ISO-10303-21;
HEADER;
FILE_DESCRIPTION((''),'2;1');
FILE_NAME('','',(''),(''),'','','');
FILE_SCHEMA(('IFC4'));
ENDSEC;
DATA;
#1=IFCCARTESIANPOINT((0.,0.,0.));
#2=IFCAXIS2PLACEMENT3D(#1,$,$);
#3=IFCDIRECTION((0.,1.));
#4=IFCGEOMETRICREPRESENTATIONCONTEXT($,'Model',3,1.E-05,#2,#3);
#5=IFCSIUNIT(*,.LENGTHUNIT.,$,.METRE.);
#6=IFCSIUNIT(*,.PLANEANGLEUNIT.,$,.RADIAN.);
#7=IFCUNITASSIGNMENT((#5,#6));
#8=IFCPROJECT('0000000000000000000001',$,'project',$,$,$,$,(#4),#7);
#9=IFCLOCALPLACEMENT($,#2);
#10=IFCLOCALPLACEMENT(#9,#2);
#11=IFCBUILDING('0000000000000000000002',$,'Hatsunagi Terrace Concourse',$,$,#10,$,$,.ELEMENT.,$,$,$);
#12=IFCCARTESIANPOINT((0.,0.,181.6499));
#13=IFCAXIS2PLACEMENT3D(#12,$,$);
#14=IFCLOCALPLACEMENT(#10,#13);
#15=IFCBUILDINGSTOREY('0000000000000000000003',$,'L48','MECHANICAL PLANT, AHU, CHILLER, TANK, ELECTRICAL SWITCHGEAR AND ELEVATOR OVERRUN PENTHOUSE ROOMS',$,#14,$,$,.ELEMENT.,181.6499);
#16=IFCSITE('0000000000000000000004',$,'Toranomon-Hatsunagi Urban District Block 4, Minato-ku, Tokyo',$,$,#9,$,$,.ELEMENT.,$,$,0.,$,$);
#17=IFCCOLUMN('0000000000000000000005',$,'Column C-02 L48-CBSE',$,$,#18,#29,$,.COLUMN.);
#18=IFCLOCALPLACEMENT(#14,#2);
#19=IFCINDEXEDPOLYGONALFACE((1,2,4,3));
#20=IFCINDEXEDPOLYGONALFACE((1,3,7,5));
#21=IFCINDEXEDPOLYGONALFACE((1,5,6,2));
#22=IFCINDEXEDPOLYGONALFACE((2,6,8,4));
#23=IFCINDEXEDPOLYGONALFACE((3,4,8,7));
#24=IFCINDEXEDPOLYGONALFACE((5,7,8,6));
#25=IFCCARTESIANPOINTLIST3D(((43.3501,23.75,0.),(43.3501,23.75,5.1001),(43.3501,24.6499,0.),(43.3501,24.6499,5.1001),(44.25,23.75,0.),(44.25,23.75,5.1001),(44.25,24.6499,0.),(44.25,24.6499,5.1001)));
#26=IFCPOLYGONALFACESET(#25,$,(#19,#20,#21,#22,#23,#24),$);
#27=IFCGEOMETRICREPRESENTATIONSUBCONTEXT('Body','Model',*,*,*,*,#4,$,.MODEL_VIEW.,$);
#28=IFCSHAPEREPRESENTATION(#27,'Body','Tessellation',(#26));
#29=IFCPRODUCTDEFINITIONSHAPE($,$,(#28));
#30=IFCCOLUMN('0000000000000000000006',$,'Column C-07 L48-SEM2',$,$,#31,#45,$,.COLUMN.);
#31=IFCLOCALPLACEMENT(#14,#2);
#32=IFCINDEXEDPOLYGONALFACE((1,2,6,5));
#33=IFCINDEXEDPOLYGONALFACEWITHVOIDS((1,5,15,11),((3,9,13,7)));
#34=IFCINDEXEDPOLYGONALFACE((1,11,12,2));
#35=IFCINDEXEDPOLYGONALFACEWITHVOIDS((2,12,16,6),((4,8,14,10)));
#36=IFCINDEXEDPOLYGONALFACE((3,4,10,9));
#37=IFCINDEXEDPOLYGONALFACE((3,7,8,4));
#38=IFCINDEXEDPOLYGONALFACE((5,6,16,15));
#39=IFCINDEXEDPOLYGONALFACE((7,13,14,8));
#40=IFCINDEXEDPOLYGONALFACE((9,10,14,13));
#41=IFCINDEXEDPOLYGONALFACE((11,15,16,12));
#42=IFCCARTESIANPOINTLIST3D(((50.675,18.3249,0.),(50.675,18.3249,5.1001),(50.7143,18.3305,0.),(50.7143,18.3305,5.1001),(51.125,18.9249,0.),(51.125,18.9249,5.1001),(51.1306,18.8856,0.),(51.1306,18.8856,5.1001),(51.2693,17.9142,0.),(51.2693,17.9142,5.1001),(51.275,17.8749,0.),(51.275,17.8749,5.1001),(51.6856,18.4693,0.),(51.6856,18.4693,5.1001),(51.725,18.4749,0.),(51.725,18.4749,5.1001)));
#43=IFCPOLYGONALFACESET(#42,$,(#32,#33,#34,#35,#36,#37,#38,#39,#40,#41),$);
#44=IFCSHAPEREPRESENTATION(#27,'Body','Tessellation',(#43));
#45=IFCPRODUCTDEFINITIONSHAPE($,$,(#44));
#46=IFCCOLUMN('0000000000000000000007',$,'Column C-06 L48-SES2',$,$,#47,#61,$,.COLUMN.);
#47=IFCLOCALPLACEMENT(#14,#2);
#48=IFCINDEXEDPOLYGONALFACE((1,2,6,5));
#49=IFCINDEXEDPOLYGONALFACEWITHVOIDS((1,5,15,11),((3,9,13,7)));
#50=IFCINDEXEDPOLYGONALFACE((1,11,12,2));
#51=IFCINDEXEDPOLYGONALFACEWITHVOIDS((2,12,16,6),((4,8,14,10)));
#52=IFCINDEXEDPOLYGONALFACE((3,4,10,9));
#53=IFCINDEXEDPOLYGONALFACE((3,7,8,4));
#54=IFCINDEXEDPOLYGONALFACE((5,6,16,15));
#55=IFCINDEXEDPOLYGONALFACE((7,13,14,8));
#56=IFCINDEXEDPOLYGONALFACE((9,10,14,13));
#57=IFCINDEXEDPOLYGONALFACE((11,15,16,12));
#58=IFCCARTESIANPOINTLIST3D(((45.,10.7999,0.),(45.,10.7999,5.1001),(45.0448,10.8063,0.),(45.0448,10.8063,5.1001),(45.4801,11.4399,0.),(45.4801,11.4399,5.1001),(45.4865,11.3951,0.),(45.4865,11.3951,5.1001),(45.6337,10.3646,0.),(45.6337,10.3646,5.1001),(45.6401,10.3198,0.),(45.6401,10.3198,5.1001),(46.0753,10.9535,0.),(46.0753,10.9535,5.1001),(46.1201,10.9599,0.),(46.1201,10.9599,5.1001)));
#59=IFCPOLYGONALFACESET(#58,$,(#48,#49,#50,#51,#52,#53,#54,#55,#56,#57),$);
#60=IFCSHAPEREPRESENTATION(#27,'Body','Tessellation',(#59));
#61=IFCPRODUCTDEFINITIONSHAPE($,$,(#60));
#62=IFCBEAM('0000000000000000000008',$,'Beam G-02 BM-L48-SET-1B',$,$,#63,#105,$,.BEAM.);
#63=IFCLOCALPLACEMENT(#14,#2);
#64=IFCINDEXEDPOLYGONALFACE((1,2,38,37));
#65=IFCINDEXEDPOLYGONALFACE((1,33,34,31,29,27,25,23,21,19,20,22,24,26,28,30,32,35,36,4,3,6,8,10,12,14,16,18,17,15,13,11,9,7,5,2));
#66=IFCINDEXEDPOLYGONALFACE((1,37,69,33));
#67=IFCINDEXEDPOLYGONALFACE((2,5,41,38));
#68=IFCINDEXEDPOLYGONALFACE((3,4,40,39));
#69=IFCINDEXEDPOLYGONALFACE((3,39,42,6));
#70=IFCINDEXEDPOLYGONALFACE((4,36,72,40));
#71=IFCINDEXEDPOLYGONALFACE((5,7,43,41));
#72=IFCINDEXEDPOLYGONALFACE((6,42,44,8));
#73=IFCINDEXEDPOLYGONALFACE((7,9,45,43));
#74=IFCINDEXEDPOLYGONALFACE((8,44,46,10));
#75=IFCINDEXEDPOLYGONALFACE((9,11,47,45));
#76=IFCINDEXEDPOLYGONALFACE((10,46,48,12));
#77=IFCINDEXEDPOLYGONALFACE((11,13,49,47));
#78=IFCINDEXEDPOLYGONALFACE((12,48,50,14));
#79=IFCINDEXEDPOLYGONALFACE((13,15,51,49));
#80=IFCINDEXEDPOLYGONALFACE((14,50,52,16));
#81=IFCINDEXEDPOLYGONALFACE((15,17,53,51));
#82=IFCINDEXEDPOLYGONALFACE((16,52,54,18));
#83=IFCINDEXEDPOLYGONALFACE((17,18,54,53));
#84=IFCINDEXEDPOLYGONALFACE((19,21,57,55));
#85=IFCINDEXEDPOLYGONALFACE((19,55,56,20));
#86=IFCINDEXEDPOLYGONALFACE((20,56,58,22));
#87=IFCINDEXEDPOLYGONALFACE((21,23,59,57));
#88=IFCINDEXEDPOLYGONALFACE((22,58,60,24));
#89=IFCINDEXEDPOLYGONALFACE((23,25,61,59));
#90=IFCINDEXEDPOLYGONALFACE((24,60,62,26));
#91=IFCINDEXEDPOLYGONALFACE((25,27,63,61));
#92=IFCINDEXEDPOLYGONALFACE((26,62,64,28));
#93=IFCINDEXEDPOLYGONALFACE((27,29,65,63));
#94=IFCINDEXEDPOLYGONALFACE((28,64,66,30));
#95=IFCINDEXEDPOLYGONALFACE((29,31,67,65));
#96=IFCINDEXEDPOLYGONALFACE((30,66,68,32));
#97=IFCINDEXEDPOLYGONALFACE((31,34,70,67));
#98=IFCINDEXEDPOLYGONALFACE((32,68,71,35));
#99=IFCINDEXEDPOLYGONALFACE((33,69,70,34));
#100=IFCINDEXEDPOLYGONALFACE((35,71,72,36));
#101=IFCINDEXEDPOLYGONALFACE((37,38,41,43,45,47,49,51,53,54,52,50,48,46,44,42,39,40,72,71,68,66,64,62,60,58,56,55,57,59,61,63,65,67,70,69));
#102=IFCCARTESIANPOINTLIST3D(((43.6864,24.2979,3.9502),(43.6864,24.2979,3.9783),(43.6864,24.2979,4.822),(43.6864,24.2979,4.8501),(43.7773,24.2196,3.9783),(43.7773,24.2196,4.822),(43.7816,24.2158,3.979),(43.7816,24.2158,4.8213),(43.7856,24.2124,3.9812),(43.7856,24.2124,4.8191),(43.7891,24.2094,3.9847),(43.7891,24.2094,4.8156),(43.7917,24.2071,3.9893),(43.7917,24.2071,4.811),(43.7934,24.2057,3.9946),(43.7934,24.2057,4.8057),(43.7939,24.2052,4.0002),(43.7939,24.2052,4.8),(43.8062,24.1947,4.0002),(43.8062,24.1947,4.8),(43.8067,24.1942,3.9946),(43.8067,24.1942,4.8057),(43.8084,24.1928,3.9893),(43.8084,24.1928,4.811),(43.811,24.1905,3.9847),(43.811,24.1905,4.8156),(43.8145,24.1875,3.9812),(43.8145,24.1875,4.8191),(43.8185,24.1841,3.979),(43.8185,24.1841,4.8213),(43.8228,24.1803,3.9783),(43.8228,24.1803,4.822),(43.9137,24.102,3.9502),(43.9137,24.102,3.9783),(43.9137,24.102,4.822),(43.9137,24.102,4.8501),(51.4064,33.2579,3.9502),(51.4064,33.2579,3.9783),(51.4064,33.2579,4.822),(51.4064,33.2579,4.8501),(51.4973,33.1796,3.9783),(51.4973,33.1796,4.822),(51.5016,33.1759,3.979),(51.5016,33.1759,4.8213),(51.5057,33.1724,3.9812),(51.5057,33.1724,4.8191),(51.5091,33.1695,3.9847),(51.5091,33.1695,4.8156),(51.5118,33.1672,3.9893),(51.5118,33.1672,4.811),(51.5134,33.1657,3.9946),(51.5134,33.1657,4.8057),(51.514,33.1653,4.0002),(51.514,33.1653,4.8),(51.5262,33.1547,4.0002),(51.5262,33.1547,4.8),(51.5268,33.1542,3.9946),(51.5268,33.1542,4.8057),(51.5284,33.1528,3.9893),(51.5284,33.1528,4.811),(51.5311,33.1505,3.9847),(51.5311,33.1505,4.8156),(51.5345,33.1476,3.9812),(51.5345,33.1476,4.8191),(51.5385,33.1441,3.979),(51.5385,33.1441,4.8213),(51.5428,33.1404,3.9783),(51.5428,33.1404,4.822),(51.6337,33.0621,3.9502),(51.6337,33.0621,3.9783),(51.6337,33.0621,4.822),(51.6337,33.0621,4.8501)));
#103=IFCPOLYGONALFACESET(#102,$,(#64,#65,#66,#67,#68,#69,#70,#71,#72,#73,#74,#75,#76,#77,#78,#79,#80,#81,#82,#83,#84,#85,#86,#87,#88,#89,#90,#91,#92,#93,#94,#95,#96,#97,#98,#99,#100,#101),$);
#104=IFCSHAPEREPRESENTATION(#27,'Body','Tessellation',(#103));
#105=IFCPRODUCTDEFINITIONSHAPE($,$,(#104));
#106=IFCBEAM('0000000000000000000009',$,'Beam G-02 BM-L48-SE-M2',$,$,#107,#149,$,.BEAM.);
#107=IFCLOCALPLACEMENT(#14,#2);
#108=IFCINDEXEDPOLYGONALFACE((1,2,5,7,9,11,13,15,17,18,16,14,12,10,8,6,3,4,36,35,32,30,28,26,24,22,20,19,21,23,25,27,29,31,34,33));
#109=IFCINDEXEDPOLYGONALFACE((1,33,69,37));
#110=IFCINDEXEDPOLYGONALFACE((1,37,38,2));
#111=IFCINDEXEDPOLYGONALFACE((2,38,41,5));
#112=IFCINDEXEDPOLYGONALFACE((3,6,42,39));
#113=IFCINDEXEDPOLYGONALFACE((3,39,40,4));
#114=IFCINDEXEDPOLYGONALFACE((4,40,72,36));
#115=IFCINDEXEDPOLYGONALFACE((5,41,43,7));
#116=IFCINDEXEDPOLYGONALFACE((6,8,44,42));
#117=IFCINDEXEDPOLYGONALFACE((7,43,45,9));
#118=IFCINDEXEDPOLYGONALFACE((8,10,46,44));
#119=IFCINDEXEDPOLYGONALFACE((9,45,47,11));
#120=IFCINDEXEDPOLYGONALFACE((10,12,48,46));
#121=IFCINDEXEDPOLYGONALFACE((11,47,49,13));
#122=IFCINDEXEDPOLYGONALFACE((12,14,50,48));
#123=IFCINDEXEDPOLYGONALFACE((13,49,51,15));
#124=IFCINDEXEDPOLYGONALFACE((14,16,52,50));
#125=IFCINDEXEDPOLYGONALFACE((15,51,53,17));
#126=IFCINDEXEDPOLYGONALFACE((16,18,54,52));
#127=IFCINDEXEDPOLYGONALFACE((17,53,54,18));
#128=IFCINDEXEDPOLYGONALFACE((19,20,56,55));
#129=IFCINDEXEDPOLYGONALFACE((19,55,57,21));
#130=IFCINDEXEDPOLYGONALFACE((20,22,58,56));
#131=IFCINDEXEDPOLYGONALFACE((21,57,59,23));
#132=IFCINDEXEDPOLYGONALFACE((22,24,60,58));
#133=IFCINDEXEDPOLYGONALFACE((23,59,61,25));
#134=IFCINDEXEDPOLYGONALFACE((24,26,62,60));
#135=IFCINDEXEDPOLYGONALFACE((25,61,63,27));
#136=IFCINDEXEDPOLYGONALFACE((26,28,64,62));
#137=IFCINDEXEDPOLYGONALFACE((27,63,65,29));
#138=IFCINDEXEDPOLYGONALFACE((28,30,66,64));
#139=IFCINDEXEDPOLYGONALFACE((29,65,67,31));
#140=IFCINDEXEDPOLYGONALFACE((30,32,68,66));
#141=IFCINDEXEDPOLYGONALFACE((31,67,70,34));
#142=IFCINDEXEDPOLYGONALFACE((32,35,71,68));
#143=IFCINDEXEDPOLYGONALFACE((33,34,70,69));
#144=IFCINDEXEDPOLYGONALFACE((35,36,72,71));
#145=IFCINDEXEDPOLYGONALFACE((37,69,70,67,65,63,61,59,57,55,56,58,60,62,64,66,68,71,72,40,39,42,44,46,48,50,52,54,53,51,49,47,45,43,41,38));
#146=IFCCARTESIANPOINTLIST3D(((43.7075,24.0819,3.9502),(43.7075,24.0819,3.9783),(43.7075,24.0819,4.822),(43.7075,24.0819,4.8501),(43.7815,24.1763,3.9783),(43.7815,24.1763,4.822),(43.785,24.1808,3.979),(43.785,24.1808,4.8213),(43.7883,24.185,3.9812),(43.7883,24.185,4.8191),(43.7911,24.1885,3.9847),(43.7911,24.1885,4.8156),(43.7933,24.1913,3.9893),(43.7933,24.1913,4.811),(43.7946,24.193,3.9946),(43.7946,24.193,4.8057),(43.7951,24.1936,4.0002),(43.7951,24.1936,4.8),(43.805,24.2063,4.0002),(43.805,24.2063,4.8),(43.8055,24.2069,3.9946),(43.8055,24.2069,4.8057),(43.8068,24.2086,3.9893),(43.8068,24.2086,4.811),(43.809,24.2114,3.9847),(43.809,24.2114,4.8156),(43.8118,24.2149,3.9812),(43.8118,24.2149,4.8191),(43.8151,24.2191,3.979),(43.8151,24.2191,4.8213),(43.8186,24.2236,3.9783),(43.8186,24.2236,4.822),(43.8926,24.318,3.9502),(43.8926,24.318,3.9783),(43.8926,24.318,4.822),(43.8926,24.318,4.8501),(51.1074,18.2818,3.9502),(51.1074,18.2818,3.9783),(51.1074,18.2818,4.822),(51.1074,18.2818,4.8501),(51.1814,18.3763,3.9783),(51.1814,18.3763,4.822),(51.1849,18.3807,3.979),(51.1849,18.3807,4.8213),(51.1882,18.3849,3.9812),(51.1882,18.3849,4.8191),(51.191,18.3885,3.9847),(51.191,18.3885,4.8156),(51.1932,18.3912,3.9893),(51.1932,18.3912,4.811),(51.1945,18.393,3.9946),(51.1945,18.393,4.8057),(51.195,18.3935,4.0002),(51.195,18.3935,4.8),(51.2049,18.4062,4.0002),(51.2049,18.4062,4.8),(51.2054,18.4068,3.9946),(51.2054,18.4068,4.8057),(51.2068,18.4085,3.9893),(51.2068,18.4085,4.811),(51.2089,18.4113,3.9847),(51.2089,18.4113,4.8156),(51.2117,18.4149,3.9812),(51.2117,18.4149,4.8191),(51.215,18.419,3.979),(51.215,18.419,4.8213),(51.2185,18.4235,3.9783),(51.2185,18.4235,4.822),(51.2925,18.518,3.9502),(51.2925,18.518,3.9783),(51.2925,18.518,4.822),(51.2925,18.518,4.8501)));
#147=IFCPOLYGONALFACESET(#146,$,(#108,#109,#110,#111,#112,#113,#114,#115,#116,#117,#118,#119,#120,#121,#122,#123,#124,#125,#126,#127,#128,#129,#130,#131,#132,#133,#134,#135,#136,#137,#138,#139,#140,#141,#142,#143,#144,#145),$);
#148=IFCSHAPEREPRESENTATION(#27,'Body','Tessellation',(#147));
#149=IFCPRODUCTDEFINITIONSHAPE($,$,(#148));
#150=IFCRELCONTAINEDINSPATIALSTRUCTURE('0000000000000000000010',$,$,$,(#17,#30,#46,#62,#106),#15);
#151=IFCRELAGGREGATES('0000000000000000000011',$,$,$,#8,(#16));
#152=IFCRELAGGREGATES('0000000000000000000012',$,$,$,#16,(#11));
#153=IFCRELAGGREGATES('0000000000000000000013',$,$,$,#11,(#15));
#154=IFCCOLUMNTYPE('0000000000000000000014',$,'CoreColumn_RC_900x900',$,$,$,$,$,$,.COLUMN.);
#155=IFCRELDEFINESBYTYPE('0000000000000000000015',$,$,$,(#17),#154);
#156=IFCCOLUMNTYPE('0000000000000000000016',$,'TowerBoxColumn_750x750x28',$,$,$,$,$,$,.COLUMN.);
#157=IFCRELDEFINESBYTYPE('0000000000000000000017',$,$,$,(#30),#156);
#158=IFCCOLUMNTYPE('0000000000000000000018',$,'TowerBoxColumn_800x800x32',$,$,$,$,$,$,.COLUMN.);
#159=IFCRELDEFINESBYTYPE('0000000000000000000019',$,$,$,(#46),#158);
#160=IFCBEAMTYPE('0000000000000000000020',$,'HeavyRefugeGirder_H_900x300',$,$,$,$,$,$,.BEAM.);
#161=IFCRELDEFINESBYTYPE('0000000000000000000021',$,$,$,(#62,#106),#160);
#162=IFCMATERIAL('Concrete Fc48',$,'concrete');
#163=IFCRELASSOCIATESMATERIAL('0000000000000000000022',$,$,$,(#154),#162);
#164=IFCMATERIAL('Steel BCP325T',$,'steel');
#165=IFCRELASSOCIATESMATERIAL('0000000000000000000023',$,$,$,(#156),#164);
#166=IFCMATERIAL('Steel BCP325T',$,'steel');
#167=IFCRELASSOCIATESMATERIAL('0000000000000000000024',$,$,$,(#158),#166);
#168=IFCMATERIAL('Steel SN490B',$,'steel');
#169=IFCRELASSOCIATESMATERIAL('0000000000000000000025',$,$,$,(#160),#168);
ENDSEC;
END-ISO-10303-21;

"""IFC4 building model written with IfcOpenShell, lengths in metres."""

from ifc_helpers import new_model, si_unit, direction, frame, origin, origin_2d, place, context, subcontext, project, spatial, rectangle, hollow_rectangle, i_section, extrude, material, material_profile, profile_set, type_object, element, save


model = new_model("IFC4")

# Units and contexts
model_context = context("Model", 3, precision=1e-05, world=origin(), true_north=direction((0.0, 1.0)))
body_context = subcontext(model_context, "Body", "Model", "MODEL_VIEW")
ifc_project = project(units=[si_unit("LENGTHUNIT", "METRE"), si_unit("PLANEANGLEUNIT", "RADIAN")], contexts=[model_context])

# Site, building, storey
site_placement = place(None, origin())
site = spatial("IfcSite", under=ifc_project, at=site_placement, Name="Toranomon-Hatsunagi Urban District Block 4, Minato-ku, Tokyo", CompositionType="ELEMENT", RefElevation=0.0)
building_placement = place(site_placement, origin())
building = spatial("IfcBuilding", under=site, at=building_placement, Name="Hatsunagi Terrace Concourse", CompositionType="ELEMENT")
storey_placement = place(building_placement, frame((0.0, 0.0, 181.6499)))
storey = spatial("IfcBuildingStorey", under=building, at=storey_placement, Name="L48", Description="MECHANICAL PLANT, AHU, CHILLER, TANK, ELECTRICAL SWITCHGEAR AND ELEVATOR OVERRUN PENTHOUSE ROOMS", CompositionType="ELEMENT", Elevation=181.6499)

# Columns
ifc_material_1 = material(Name="Concrete Fc48", Category="concrete")
ifc_material_profile_1 = material_profile(ifc_material_1, rectangle(XDim=0.8999, YDim=0.8999, at=origin_2d()), Name="RC-900x900")
ifc_profile_set_1 = profile_set([ifc_material_profile_1], Name="Concrete Fc48")
column_type_1 = type_object("IfcColumnType", Name="CoreColumn_RC_900x900", PredefinedType="COLUMN", material=ifc_profile_set_1)
column_1_placement = place(storey_placement, frame((43.8, 24.2, 0.0), z_axis=(0.0, 0.0, 1.0), x_axis=(1.0, 0.0, 0.0)))
element("IfcColumn", 1, at=column_1_placement, inside=storey, type_object=column_type_1, Name="Column C-02 L48-CBSE", PredefinedType="COLUMN", context=body_context, shape_type="SweptSolid", body=[
    extrude(rectangle(XDim=0.8999, YDim=0.8999, at=origin_2d()), origin(), (0.0, 0.0, 1.0), 5.1001),
])
ifc_material_2 = material(Name="Steel BCP325T", Category="steel")
ifc_material_profile_2 = material_profile(ifc_material_2, hollow_rectangle(XDim=0.75, YDim=0.75, WallThickness=0.0281, at=origin_2d()), Name="BCP-750x750x28")
ifc_profile_set_2 = profile_set([ifc_material_profile_2], Name="Steel BCP325T")
column_type_2 = type_object("IfcColumnType", Name="TowerBoxColumn_750x750x28", PredefinedType="COLUMN", material=ifc_profile_set_2)
column_2_placement = place(storey_placement, frame((51.2, 18.3999, 0.0), z_axis=(0.0, 0.0, 1.0), x_axis=(0.8, -0.6, 0.0)))
element("IfcColumn", 2, at=column_2_placement, inside=storey, type_object=column_type_2, Name="Column C-07 L48-SEM2", PredefinedType="COLUMN", context=body_context, shape_type="SweptSolid", body=[
    extrude(hollow_rectangle(XDim=0.75, YDim=0.75, WallThickness=0.0281, at=origin_2d()), origin(), (0.0, 0.0, 1.0), 5.1001),
])
ifc_material_3 = material(Name="Steel BCP325T", Category="steel")
ifc_material_profile_3 = material_profile(ifc_material_3, hollow_rectangle(XDim=0.8, YDim=0.8, WallThickness=0.032, at=origin_2d()), Name="BCP-800x800x32")
ifc_profile_set_3 = profile_set([ifc_material_profile_3], Name="Steel BCP325T")
column_type_3 = type_object("IfcColumnType", Name="TowerBoxColumn_800x800x32", PredefinedType="COLUMN", material=ifc_profile_set_3)
column_3_placement = place(storey_placement, frame((45.5601, 10.8799, 0.0), z_axis=(0.0, 0.0, 1.0), x_axis=(0.8, -0.6, 0.0)))
element("IfcColumn", 3, at=column_3_placement, inside=storey, type_object=column_type_3, Name="Column C-06 L48-SES2", PredefinedType="COLUMN", context=body_context, shape_type="SweptSolid", body=[
    extrude(hollow_rectangle(XDim=0.8, YDim=0.8, WallThickness=0.032, at=origin_2d()), origin(), (0.0, 0.0, 1.0), 5.1001),
])

# Beams
ifc_material_4 = material(Name="Steel SN490B", Category="steel")
ifc_material_profile_4 = material_profile(ifc_material_4, i_section(OverallWidth=0.3, OverallDepth=0.8999, WebThickness=0.0161, FlangeThickness=0.0281, FilletRadius=0.022, at=origin_2d()), Name="H-900x300x16x28")
ifc_profile_set_4 = profile_set([ifc_material_profile_4], Name="Steel SN490B")
beam_type_1 = type_object("IfcBeamType", Name="HeavyRefugeGirder_H_900x300", PredefinedType="BEAM", material=ifc_profile_set_4)
beam_1_placement = place(storey_placement, frame((43.8, 24.2, 4.4001), z_axis=(0.652739, 0.757583, 0.0), x_axis=(-0.757583, 0.652739, 0.0)))
element("IfcBeam", 4, at=beam_1_placement, inside=storey, type_object=beam_type_1, Name="Beam G-02 BM-L48-SET-1B", PredefinedType="BEAM", context=body_context, shape_type="SweptSolid", body=[
    extrude(i_section(OverallWidth=0.3, OverallDepth=0.8999, WebThickness=0.0161, FlangeThickness=0.0281, FilletRadius=0.022, at=origin_2d()), origin(), (0.0, 0.0, 1.0), 11.8271),
])
beam_2_placement = place(storey_placement, frame((43.8, 24.2, 4.4001), z_axis=(0.787049, -0.61689, 0.0), x_axis=(0.61689, 0.787049, 0.0)))
element("IfcBeam", 5, at=beam_2_placement, inside=storey, type_object=beam_type_1, Name="Beam G-02 BM-L48-SE-M2", PredefinedType="BEAM", context=body_context, shape_type="SweptSolid", body=[
    extrude(i_section(OverallWidth=0.3, OverallDepth=0.8999, WebThickness=0.0161, FlangeThickness=0.0281, FilletRadius=0.022, at=origin_2d()), origin(), (0.0, 0.0, 1.0), 9.4021),
])

save(model, "model.ifc")
